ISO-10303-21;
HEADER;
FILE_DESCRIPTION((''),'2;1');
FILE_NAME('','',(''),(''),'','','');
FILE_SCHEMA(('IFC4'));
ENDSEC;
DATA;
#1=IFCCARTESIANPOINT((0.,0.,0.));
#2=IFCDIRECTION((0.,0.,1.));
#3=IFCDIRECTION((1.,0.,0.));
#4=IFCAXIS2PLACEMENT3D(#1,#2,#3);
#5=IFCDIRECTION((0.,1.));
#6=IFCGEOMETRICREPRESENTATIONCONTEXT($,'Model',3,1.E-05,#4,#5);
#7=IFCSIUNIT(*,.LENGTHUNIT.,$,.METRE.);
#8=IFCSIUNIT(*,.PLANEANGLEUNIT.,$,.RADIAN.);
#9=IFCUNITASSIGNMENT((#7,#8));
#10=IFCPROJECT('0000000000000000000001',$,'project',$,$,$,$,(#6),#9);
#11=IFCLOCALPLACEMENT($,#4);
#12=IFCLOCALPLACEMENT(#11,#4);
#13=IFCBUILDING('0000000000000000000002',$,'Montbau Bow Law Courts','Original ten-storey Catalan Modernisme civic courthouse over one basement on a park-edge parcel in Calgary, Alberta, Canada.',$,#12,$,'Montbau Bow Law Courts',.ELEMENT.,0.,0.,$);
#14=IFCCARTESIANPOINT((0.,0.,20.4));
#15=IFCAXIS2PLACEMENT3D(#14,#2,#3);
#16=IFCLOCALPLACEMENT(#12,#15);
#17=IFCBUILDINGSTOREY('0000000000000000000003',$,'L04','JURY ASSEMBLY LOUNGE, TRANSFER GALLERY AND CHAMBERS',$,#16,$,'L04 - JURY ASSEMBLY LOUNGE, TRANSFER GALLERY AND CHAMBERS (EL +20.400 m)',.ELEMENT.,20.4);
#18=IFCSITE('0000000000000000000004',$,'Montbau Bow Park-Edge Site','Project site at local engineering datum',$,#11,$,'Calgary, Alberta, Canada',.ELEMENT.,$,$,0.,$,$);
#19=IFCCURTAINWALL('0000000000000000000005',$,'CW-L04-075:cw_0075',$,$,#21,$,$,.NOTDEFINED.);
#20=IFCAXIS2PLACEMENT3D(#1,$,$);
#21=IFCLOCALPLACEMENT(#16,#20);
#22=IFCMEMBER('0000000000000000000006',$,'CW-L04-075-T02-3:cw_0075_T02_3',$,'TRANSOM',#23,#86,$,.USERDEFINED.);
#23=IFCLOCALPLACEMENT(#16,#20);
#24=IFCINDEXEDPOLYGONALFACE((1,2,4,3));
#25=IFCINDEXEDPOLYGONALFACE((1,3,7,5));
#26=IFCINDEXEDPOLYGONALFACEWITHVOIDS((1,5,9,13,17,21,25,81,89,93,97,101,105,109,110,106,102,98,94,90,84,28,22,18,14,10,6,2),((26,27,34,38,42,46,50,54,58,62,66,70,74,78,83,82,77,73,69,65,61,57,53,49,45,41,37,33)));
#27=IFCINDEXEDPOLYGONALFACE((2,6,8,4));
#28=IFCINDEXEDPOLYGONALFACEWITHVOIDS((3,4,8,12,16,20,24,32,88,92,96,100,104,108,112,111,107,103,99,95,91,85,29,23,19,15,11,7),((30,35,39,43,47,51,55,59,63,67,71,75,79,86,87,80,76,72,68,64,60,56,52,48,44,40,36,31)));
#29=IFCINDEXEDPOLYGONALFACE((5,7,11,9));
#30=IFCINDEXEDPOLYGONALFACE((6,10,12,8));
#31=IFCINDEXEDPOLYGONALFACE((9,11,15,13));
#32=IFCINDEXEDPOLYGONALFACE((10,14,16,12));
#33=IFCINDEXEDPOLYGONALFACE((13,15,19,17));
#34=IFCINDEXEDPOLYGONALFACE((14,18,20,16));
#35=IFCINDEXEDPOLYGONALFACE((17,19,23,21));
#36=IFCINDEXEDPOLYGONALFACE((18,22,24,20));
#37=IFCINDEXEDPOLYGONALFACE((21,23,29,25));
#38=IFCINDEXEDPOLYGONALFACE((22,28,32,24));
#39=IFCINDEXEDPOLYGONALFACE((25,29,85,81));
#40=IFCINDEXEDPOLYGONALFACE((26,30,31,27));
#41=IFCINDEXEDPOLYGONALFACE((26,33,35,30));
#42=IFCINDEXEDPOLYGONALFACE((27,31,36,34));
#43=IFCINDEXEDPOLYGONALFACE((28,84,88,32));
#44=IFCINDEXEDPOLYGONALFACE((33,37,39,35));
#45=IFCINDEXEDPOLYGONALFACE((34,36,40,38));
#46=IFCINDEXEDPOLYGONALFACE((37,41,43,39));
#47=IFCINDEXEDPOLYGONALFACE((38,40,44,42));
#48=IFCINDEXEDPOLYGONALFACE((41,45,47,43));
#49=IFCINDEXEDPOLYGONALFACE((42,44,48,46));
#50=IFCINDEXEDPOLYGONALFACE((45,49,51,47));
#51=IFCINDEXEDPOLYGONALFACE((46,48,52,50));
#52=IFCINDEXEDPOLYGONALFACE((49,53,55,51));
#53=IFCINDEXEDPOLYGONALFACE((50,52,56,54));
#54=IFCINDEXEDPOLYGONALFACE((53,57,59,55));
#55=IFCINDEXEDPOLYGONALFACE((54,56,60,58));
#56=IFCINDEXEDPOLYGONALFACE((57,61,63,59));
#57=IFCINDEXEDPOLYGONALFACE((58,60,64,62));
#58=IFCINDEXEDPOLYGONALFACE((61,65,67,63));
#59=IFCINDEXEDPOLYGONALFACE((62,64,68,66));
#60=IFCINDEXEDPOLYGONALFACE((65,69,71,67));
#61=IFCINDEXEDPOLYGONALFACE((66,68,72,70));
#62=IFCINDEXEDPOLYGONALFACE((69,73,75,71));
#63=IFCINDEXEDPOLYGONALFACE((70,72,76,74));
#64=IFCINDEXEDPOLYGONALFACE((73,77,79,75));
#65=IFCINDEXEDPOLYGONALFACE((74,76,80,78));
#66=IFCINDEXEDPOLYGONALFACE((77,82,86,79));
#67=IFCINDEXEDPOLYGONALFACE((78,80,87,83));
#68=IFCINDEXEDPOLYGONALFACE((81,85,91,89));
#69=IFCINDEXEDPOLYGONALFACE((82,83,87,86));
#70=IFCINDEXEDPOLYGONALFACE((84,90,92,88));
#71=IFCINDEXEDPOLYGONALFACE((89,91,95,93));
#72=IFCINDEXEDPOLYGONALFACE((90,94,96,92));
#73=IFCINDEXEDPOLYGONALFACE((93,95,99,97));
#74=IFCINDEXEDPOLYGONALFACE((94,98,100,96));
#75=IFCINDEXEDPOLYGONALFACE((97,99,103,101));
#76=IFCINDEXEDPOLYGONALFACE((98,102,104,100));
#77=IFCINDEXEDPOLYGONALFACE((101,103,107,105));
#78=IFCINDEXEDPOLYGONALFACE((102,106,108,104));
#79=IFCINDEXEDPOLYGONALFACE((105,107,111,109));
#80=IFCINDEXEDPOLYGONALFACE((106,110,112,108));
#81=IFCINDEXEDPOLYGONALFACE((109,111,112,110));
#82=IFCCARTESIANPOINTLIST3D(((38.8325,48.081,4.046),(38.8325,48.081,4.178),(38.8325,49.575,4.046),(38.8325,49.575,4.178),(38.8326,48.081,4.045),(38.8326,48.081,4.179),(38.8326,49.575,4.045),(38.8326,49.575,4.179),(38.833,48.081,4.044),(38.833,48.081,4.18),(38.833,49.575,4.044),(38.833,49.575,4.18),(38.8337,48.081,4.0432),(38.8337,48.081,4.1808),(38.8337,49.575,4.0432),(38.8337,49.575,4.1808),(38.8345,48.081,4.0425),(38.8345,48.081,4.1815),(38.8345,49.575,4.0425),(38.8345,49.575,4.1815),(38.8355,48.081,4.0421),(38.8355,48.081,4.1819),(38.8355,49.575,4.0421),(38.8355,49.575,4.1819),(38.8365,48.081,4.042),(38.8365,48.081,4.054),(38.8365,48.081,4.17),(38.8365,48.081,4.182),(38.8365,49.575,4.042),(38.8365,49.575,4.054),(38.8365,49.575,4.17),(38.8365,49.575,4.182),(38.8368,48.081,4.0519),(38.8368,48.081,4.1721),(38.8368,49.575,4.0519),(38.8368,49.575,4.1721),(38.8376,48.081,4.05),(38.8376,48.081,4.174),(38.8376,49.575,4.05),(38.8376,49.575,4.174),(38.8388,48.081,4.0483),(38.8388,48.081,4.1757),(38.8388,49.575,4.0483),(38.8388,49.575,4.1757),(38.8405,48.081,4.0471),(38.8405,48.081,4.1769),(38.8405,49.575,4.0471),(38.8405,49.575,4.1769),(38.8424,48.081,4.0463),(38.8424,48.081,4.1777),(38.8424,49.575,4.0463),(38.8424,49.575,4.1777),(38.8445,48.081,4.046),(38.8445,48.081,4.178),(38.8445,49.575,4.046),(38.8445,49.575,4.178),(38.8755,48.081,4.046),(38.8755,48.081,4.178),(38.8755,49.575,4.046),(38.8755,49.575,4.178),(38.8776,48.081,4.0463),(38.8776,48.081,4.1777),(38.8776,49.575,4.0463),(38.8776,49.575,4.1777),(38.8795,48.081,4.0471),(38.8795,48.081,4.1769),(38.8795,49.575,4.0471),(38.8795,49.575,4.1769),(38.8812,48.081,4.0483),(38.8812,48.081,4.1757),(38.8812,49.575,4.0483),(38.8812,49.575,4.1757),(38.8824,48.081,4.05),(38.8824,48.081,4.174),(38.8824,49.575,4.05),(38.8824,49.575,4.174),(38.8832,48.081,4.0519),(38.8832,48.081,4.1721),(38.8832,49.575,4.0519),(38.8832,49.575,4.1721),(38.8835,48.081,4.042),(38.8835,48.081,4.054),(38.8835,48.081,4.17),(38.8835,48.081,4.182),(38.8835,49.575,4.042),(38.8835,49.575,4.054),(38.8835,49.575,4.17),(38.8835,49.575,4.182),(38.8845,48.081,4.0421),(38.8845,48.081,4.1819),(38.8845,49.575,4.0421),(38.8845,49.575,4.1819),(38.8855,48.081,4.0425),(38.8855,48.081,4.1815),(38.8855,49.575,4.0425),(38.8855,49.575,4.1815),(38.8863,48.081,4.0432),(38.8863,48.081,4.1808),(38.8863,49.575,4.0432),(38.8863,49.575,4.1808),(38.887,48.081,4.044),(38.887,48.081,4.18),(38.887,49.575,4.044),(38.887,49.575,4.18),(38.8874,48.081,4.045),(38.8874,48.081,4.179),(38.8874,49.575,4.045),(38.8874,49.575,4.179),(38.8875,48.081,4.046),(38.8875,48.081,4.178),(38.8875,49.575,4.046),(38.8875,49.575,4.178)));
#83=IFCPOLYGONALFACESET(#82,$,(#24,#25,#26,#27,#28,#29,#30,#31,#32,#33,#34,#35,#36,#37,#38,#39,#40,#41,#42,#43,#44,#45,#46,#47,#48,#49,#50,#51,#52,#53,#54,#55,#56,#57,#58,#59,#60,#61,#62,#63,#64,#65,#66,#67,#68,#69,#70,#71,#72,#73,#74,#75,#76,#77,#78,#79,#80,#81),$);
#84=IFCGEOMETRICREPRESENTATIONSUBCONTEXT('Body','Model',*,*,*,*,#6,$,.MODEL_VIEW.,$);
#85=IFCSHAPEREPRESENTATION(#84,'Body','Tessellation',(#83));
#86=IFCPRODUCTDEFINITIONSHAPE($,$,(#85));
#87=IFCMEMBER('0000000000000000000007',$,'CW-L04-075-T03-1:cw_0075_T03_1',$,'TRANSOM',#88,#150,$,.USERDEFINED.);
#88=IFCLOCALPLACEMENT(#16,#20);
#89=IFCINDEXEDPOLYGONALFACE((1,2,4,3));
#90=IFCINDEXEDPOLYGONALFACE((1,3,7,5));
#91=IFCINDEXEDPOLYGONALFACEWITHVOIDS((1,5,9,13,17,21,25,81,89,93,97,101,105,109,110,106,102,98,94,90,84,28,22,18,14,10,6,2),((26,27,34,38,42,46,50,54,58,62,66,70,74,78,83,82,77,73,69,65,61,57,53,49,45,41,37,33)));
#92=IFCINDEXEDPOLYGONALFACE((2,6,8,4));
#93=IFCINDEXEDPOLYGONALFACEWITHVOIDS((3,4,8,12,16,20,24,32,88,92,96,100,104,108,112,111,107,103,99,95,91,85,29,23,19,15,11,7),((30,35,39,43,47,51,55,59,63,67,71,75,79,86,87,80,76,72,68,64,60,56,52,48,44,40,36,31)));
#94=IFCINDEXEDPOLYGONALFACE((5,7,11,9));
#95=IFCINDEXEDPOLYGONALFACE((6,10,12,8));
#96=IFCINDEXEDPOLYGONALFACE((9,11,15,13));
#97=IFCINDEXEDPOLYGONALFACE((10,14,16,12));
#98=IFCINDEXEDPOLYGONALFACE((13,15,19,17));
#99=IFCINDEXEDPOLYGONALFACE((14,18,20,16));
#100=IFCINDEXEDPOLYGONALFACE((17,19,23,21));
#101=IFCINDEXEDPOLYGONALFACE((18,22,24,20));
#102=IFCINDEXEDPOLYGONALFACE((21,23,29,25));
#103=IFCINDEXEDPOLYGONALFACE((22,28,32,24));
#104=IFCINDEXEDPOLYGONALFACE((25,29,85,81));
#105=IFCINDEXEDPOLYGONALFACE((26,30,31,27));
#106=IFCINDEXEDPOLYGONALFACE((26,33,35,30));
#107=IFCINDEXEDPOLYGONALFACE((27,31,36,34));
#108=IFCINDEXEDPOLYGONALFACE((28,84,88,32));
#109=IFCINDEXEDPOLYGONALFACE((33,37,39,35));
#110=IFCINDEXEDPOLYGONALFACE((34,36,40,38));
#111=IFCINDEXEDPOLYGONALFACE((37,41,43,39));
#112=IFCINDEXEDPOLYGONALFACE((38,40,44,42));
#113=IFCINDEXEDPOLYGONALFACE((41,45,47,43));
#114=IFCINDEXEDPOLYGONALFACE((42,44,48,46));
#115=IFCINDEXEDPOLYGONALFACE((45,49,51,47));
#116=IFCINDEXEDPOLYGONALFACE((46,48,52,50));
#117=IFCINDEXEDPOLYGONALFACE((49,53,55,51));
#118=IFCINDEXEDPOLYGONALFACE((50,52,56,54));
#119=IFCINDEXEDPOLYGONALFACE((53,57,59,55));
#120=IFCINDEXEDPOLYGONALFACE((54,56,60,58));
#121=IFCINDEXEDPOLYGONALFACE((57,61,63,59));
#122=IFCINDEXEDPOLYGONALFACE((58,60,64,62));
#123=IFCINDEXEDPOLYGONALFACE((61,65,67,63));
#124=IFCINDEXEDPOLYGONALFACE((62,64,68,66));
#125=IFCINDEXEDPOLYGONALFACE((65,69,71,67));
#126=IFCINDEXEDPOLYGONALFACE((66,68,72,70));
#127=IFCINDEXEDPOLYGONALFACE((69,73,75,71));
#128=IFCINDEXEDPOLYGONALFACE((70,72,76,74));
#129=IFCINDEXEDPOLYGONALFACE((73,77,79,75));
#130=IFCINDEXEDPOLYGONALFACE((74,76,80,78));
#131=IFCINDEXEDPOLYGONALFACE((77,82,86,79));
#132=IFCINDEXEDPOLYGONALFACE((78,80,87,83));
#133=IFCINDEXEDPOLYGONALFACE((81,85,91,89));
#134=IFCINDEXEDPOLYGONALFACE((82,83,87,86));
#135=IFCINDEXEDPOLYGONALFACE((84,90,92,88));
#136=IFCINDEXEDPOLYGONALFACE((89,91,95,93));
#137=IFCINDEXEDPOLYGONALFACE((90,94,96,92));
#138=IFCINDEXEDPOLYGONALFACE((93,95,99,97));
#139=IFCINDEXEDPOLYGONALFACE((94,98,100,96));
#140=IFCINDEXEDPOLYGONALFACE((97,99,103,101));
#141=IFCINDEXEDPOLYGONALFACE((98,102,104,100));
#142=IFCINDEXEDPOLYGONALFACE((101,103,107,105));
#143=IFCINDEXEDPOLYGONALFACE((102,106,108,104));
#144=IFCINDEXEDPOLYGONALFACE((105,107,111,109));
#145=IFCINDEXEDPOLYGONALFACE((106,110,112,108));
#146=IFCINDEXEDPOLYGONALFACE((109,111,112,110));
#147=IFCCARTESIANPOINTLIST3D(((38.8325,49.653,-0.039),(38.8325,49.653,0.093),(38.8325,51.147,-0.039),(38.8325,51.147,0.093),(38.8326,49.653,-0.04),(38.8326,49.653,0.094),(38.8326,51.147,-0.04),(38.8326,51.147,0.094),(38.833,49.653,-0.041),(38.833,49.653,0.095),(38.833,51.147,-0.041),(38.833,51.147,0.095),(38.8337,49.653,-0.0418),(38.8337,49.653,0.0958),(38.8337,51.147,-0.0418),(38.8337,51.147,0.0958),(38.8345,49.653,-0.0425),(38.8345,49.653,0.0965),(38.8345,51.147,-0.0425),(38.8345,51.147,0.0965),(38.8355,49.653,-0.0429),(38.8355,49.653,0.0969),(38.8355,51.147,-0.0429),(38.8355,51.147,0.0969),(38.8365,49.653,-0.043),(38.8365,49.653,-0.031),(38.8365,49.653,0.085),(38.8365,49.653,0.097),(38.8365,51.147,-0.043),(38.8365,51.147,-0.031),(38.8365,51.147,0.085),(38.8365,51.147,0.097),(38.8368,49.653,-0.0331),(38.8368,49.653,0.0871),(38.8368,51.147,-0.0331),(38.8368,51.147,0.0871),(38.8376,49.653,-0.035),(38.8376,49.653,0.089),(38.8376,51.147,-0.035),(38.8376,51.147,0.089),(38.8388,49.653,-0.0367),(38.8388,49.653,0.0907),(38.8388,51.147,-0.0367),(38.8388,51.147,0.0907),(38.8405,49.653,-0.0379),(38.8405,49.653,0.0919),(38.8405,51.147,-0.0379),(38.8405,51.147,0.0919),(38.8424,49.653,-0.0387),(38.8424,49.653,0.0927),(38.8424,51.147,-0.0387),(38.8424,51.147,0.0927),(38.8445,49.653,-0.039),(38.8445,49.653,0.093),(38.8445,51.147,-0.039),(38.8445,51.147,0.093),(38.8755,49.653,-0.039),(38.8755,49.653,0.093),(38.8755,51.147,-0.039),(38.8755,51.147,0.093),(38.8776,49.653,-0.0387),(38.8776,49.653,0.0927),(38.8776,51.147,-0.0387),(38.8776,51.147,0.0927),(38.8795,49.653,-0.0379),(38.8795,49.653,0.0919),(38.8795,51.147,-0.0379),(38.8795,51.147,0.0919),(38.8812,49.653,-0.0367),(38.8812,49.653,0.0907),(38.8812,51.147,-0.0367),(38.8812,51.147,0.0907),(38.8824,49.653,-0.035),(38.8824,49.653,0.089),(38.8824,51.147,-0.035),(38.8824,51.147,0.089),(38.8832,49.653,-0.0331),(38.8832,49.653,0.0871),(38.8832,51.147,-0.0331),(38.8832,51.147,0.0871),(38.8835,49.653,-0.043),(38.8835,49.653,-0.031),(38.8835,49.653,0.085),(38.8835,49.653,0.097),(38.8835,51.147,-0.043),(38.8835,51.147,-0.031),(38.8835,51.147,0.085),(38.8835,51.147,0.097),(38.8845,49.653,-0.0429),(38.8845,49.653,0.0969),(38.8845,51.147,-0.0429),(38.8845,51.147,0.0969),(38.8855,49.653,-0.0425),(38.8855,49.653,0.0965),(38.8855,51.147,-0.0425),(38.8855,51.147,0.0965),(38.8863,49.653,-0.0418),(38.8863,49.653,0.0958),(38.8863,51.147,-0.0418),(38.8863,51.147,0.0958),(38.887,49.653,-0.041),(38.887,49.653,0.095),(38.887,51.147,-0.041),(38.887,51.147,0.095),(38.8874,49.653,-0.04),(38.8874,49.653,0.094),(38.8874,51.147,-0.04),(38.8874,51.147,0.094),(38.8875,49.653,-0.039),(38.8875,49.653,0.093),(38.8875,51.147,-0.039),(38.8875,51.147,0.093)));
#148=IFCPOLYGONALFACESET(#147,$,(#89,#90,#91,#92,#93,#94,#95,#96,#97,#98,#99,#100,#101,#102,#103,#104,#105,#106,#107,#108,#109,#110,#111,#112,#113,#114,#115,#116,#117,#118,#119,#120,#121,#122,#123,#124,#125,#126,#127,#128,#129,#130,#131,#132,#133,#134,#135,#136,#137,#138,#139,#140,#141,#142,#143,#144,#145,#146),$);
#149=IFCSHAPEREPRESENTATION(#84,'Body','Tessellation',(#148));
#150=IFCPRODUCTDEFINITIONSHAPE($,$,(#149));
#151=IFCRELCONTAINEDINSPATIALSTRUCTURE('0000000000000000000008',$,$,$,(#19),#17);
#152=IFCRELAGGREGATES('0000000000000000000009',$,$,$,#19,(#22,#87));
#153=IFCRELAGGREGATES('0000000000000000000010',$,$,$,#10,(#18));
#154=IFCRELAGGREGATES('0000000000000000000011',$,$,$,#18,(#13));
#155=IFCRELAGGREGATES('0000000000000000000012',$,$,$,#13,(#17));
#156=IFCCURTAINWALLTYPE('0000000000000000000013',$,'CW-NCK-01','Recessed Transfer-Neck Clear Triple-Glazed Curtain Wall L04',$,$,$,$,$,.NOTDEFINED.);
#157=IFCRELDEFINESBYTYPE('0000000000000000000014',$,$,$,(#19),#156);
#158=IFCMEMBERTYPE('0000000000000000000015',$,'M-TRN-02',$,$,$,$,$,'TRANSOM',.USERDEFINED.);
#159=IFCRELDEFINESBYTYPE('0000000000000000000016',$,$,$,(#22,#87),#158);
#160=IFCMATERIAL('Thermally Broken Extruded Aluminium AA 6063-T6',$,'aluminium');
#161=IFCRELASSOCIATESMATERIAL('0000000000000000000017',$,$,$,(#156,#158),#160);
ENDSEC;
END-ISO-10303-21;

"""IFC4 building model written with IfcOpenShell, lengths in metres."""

from ifc_helpers import new_model, si_unit, direction, frame, origin_with_axes, origin_2d_with_axis, place, context, subcontext, project, spatial, hollow_rectangle, extrude, material, material_profile, profile_set, type_object, element, aggregate, save


model = new_model("IFC4")

# Units and contexts
model_context = context("Model", 3, precision=1e-05, world=origin_with_axes(), true_north=direction((0.0, 1.0)))
body_context = subcontext(model_context, "Body", "Model", "MODEL_VIEW")
ifc_project = project(units=[si_unit("LENGTHUNIT", "METRE"), si_unit("PLANEANGLEUNIT", "RADIAN")], contexts=[model_context])

# Site, building, storey
site_placement = place(None, origin_with_axes())
site = spatial("IfcSite", under=ifc_project, at=site_placement, Name="Montbau Bow Park-Edge Site", Description="Project site at local engineering datum", LongName="Calgary, Alberta, Canada", CompositionType="ELEMENT", RefElevation=0.0)
building_placement = place(site_placement, origin_with_axes())
building = spatial("IfcBuilding", under=site, at=building_placement, Name="Montbau Bow Law Courts", Description="Original ten-storey Catalan Modernisme civic courthouse over one basement on a park-edge parcel in Calgary, Alberta, Canada.", LongName="Montbau Bow Law Courts", CompositionType="ELEMENT", ElevationOfRefHeight=0.0, ElevationOfTerrain=0.0)
storey_placement = place(building_placement, frame((0.0, 0.0, 20.4), z_axis=(0.0, 0.0, 1.0), x_axis=(1.0, 0.0, 0.0)))
storey = spatial("IfcBuildingStorey", under=building, at=storey_placement, Name="L04", Description="JURY ASSEMBLY LOUNGE, TRANSFER GALLERY AND CHAMBERS", LongName="L04 - JURY ASSEMBLY LOUNGE, TRANSFER GALLERY AND CHAMBERS (EL +20.400 m)", CompositionType="ELEMENT", Elevation=20.4)

# Curtain wall
ifc_material_1 = material(Name="Thermally Broken Extruded Aluminium AA 6063-T6", Category="aluminium")
curtain_wall_type = type_object("IfcCurtainWallType", Name="CW-NCK-01", Description="Recessed Transfer-Neck Clear Triple-Glazed Curtain Wall L04", PredefinedType="NOTDEFINED", material=ifc_material_1)
curtain_wall_1_placement = place(None, frame((38.86, 46.468, 20.4), z_axis=(0.0, 0.0, 1.0), x_axis=(1.0, 0.0, 0.0)))
curtain_wall_1 = element("IfcCurtainWall", 1, at=curtain_wall_1_placement, inside=storey, type_object=curtain_wall_type, Name="CW-L04-075:cw_0075", PredefinedType="NOTDEFINED")

# Members
ifc_material_profile_1 = material_profile(ifc_material_1, hollow_rectangle(XDim=0.055, YDim=0.14, WallThickness=0.004, InnerFilletRadius=0.008, OuterFilletRadius=0.004, at=origin_2d_with_axis()), Name="CWT-140X55", Category="Main", Priority=0)
ifc_profile_set_1 = profile_set([ifc_material_profile_1], Name="Thermally Broken Extruded Aluminium AA 6063-T6")
member_type_1 = type_object("IfcMemberType", Name="M-TRN-02", ElementType="TRANSOM", PredefinedType="USERDEFINED", material=ifc_profile_set_1)
member_1_placement = place(None, frame((38.86, 48.081, 24.512), z_axis=(0.0, 1.0, 0.0), x_axis=(-1.0, 0.0, 0.0)))
member_1 = element("IfcMember", 2, at=member_1_placement, type_object=member_type_1, Name="CW-L04-075-T02-3:cw_0075_T02_3", ObjectType="TRANSOM", PredefinedType="USERDEFINED", context=body_context, shape_type="SweptSolid", body=[
    extrude(hollow_rectangle(XDim=0.055, YDim=0.14, WallThickness=0.004, InnerFilletRadius=0.008, OuterFilletRadius=0.004, at=origin_2d_with_axis()), origin_with_axes(), (0.0, 0.0, 1.0), 1.494),
])
member_2_placement = place(None, frame((38.86, 49.653, 20.427), z_axis=(0.0, 1.0, 0.0), x_axis=(-1.0, 0.0, 0.0)))
member_2 = element("IfcMember", 3, at=member_2_placement, type_object=member_type_1, Name="CW-L04-075-T03-1:cw_0075_T03_1", ObjectType="TRANSOM", PredefinedType="USERDEFINED", context=body_context, shape_type="SweptSolid", body=[
    extrude(hollow_rectangle(XDim=0.055, YDim=0.14, WallThickness=0.004, InnerFilletRadius=0.008, OuterFilletRadius=0.004, at=origin_2d_with_axis()), origin_with_axes(), (0.0, 0.0, 1.0), 1.494),
])

aggregate(curtain_wall_1, [member_1, member_2])

save(model, "model.ifc")
